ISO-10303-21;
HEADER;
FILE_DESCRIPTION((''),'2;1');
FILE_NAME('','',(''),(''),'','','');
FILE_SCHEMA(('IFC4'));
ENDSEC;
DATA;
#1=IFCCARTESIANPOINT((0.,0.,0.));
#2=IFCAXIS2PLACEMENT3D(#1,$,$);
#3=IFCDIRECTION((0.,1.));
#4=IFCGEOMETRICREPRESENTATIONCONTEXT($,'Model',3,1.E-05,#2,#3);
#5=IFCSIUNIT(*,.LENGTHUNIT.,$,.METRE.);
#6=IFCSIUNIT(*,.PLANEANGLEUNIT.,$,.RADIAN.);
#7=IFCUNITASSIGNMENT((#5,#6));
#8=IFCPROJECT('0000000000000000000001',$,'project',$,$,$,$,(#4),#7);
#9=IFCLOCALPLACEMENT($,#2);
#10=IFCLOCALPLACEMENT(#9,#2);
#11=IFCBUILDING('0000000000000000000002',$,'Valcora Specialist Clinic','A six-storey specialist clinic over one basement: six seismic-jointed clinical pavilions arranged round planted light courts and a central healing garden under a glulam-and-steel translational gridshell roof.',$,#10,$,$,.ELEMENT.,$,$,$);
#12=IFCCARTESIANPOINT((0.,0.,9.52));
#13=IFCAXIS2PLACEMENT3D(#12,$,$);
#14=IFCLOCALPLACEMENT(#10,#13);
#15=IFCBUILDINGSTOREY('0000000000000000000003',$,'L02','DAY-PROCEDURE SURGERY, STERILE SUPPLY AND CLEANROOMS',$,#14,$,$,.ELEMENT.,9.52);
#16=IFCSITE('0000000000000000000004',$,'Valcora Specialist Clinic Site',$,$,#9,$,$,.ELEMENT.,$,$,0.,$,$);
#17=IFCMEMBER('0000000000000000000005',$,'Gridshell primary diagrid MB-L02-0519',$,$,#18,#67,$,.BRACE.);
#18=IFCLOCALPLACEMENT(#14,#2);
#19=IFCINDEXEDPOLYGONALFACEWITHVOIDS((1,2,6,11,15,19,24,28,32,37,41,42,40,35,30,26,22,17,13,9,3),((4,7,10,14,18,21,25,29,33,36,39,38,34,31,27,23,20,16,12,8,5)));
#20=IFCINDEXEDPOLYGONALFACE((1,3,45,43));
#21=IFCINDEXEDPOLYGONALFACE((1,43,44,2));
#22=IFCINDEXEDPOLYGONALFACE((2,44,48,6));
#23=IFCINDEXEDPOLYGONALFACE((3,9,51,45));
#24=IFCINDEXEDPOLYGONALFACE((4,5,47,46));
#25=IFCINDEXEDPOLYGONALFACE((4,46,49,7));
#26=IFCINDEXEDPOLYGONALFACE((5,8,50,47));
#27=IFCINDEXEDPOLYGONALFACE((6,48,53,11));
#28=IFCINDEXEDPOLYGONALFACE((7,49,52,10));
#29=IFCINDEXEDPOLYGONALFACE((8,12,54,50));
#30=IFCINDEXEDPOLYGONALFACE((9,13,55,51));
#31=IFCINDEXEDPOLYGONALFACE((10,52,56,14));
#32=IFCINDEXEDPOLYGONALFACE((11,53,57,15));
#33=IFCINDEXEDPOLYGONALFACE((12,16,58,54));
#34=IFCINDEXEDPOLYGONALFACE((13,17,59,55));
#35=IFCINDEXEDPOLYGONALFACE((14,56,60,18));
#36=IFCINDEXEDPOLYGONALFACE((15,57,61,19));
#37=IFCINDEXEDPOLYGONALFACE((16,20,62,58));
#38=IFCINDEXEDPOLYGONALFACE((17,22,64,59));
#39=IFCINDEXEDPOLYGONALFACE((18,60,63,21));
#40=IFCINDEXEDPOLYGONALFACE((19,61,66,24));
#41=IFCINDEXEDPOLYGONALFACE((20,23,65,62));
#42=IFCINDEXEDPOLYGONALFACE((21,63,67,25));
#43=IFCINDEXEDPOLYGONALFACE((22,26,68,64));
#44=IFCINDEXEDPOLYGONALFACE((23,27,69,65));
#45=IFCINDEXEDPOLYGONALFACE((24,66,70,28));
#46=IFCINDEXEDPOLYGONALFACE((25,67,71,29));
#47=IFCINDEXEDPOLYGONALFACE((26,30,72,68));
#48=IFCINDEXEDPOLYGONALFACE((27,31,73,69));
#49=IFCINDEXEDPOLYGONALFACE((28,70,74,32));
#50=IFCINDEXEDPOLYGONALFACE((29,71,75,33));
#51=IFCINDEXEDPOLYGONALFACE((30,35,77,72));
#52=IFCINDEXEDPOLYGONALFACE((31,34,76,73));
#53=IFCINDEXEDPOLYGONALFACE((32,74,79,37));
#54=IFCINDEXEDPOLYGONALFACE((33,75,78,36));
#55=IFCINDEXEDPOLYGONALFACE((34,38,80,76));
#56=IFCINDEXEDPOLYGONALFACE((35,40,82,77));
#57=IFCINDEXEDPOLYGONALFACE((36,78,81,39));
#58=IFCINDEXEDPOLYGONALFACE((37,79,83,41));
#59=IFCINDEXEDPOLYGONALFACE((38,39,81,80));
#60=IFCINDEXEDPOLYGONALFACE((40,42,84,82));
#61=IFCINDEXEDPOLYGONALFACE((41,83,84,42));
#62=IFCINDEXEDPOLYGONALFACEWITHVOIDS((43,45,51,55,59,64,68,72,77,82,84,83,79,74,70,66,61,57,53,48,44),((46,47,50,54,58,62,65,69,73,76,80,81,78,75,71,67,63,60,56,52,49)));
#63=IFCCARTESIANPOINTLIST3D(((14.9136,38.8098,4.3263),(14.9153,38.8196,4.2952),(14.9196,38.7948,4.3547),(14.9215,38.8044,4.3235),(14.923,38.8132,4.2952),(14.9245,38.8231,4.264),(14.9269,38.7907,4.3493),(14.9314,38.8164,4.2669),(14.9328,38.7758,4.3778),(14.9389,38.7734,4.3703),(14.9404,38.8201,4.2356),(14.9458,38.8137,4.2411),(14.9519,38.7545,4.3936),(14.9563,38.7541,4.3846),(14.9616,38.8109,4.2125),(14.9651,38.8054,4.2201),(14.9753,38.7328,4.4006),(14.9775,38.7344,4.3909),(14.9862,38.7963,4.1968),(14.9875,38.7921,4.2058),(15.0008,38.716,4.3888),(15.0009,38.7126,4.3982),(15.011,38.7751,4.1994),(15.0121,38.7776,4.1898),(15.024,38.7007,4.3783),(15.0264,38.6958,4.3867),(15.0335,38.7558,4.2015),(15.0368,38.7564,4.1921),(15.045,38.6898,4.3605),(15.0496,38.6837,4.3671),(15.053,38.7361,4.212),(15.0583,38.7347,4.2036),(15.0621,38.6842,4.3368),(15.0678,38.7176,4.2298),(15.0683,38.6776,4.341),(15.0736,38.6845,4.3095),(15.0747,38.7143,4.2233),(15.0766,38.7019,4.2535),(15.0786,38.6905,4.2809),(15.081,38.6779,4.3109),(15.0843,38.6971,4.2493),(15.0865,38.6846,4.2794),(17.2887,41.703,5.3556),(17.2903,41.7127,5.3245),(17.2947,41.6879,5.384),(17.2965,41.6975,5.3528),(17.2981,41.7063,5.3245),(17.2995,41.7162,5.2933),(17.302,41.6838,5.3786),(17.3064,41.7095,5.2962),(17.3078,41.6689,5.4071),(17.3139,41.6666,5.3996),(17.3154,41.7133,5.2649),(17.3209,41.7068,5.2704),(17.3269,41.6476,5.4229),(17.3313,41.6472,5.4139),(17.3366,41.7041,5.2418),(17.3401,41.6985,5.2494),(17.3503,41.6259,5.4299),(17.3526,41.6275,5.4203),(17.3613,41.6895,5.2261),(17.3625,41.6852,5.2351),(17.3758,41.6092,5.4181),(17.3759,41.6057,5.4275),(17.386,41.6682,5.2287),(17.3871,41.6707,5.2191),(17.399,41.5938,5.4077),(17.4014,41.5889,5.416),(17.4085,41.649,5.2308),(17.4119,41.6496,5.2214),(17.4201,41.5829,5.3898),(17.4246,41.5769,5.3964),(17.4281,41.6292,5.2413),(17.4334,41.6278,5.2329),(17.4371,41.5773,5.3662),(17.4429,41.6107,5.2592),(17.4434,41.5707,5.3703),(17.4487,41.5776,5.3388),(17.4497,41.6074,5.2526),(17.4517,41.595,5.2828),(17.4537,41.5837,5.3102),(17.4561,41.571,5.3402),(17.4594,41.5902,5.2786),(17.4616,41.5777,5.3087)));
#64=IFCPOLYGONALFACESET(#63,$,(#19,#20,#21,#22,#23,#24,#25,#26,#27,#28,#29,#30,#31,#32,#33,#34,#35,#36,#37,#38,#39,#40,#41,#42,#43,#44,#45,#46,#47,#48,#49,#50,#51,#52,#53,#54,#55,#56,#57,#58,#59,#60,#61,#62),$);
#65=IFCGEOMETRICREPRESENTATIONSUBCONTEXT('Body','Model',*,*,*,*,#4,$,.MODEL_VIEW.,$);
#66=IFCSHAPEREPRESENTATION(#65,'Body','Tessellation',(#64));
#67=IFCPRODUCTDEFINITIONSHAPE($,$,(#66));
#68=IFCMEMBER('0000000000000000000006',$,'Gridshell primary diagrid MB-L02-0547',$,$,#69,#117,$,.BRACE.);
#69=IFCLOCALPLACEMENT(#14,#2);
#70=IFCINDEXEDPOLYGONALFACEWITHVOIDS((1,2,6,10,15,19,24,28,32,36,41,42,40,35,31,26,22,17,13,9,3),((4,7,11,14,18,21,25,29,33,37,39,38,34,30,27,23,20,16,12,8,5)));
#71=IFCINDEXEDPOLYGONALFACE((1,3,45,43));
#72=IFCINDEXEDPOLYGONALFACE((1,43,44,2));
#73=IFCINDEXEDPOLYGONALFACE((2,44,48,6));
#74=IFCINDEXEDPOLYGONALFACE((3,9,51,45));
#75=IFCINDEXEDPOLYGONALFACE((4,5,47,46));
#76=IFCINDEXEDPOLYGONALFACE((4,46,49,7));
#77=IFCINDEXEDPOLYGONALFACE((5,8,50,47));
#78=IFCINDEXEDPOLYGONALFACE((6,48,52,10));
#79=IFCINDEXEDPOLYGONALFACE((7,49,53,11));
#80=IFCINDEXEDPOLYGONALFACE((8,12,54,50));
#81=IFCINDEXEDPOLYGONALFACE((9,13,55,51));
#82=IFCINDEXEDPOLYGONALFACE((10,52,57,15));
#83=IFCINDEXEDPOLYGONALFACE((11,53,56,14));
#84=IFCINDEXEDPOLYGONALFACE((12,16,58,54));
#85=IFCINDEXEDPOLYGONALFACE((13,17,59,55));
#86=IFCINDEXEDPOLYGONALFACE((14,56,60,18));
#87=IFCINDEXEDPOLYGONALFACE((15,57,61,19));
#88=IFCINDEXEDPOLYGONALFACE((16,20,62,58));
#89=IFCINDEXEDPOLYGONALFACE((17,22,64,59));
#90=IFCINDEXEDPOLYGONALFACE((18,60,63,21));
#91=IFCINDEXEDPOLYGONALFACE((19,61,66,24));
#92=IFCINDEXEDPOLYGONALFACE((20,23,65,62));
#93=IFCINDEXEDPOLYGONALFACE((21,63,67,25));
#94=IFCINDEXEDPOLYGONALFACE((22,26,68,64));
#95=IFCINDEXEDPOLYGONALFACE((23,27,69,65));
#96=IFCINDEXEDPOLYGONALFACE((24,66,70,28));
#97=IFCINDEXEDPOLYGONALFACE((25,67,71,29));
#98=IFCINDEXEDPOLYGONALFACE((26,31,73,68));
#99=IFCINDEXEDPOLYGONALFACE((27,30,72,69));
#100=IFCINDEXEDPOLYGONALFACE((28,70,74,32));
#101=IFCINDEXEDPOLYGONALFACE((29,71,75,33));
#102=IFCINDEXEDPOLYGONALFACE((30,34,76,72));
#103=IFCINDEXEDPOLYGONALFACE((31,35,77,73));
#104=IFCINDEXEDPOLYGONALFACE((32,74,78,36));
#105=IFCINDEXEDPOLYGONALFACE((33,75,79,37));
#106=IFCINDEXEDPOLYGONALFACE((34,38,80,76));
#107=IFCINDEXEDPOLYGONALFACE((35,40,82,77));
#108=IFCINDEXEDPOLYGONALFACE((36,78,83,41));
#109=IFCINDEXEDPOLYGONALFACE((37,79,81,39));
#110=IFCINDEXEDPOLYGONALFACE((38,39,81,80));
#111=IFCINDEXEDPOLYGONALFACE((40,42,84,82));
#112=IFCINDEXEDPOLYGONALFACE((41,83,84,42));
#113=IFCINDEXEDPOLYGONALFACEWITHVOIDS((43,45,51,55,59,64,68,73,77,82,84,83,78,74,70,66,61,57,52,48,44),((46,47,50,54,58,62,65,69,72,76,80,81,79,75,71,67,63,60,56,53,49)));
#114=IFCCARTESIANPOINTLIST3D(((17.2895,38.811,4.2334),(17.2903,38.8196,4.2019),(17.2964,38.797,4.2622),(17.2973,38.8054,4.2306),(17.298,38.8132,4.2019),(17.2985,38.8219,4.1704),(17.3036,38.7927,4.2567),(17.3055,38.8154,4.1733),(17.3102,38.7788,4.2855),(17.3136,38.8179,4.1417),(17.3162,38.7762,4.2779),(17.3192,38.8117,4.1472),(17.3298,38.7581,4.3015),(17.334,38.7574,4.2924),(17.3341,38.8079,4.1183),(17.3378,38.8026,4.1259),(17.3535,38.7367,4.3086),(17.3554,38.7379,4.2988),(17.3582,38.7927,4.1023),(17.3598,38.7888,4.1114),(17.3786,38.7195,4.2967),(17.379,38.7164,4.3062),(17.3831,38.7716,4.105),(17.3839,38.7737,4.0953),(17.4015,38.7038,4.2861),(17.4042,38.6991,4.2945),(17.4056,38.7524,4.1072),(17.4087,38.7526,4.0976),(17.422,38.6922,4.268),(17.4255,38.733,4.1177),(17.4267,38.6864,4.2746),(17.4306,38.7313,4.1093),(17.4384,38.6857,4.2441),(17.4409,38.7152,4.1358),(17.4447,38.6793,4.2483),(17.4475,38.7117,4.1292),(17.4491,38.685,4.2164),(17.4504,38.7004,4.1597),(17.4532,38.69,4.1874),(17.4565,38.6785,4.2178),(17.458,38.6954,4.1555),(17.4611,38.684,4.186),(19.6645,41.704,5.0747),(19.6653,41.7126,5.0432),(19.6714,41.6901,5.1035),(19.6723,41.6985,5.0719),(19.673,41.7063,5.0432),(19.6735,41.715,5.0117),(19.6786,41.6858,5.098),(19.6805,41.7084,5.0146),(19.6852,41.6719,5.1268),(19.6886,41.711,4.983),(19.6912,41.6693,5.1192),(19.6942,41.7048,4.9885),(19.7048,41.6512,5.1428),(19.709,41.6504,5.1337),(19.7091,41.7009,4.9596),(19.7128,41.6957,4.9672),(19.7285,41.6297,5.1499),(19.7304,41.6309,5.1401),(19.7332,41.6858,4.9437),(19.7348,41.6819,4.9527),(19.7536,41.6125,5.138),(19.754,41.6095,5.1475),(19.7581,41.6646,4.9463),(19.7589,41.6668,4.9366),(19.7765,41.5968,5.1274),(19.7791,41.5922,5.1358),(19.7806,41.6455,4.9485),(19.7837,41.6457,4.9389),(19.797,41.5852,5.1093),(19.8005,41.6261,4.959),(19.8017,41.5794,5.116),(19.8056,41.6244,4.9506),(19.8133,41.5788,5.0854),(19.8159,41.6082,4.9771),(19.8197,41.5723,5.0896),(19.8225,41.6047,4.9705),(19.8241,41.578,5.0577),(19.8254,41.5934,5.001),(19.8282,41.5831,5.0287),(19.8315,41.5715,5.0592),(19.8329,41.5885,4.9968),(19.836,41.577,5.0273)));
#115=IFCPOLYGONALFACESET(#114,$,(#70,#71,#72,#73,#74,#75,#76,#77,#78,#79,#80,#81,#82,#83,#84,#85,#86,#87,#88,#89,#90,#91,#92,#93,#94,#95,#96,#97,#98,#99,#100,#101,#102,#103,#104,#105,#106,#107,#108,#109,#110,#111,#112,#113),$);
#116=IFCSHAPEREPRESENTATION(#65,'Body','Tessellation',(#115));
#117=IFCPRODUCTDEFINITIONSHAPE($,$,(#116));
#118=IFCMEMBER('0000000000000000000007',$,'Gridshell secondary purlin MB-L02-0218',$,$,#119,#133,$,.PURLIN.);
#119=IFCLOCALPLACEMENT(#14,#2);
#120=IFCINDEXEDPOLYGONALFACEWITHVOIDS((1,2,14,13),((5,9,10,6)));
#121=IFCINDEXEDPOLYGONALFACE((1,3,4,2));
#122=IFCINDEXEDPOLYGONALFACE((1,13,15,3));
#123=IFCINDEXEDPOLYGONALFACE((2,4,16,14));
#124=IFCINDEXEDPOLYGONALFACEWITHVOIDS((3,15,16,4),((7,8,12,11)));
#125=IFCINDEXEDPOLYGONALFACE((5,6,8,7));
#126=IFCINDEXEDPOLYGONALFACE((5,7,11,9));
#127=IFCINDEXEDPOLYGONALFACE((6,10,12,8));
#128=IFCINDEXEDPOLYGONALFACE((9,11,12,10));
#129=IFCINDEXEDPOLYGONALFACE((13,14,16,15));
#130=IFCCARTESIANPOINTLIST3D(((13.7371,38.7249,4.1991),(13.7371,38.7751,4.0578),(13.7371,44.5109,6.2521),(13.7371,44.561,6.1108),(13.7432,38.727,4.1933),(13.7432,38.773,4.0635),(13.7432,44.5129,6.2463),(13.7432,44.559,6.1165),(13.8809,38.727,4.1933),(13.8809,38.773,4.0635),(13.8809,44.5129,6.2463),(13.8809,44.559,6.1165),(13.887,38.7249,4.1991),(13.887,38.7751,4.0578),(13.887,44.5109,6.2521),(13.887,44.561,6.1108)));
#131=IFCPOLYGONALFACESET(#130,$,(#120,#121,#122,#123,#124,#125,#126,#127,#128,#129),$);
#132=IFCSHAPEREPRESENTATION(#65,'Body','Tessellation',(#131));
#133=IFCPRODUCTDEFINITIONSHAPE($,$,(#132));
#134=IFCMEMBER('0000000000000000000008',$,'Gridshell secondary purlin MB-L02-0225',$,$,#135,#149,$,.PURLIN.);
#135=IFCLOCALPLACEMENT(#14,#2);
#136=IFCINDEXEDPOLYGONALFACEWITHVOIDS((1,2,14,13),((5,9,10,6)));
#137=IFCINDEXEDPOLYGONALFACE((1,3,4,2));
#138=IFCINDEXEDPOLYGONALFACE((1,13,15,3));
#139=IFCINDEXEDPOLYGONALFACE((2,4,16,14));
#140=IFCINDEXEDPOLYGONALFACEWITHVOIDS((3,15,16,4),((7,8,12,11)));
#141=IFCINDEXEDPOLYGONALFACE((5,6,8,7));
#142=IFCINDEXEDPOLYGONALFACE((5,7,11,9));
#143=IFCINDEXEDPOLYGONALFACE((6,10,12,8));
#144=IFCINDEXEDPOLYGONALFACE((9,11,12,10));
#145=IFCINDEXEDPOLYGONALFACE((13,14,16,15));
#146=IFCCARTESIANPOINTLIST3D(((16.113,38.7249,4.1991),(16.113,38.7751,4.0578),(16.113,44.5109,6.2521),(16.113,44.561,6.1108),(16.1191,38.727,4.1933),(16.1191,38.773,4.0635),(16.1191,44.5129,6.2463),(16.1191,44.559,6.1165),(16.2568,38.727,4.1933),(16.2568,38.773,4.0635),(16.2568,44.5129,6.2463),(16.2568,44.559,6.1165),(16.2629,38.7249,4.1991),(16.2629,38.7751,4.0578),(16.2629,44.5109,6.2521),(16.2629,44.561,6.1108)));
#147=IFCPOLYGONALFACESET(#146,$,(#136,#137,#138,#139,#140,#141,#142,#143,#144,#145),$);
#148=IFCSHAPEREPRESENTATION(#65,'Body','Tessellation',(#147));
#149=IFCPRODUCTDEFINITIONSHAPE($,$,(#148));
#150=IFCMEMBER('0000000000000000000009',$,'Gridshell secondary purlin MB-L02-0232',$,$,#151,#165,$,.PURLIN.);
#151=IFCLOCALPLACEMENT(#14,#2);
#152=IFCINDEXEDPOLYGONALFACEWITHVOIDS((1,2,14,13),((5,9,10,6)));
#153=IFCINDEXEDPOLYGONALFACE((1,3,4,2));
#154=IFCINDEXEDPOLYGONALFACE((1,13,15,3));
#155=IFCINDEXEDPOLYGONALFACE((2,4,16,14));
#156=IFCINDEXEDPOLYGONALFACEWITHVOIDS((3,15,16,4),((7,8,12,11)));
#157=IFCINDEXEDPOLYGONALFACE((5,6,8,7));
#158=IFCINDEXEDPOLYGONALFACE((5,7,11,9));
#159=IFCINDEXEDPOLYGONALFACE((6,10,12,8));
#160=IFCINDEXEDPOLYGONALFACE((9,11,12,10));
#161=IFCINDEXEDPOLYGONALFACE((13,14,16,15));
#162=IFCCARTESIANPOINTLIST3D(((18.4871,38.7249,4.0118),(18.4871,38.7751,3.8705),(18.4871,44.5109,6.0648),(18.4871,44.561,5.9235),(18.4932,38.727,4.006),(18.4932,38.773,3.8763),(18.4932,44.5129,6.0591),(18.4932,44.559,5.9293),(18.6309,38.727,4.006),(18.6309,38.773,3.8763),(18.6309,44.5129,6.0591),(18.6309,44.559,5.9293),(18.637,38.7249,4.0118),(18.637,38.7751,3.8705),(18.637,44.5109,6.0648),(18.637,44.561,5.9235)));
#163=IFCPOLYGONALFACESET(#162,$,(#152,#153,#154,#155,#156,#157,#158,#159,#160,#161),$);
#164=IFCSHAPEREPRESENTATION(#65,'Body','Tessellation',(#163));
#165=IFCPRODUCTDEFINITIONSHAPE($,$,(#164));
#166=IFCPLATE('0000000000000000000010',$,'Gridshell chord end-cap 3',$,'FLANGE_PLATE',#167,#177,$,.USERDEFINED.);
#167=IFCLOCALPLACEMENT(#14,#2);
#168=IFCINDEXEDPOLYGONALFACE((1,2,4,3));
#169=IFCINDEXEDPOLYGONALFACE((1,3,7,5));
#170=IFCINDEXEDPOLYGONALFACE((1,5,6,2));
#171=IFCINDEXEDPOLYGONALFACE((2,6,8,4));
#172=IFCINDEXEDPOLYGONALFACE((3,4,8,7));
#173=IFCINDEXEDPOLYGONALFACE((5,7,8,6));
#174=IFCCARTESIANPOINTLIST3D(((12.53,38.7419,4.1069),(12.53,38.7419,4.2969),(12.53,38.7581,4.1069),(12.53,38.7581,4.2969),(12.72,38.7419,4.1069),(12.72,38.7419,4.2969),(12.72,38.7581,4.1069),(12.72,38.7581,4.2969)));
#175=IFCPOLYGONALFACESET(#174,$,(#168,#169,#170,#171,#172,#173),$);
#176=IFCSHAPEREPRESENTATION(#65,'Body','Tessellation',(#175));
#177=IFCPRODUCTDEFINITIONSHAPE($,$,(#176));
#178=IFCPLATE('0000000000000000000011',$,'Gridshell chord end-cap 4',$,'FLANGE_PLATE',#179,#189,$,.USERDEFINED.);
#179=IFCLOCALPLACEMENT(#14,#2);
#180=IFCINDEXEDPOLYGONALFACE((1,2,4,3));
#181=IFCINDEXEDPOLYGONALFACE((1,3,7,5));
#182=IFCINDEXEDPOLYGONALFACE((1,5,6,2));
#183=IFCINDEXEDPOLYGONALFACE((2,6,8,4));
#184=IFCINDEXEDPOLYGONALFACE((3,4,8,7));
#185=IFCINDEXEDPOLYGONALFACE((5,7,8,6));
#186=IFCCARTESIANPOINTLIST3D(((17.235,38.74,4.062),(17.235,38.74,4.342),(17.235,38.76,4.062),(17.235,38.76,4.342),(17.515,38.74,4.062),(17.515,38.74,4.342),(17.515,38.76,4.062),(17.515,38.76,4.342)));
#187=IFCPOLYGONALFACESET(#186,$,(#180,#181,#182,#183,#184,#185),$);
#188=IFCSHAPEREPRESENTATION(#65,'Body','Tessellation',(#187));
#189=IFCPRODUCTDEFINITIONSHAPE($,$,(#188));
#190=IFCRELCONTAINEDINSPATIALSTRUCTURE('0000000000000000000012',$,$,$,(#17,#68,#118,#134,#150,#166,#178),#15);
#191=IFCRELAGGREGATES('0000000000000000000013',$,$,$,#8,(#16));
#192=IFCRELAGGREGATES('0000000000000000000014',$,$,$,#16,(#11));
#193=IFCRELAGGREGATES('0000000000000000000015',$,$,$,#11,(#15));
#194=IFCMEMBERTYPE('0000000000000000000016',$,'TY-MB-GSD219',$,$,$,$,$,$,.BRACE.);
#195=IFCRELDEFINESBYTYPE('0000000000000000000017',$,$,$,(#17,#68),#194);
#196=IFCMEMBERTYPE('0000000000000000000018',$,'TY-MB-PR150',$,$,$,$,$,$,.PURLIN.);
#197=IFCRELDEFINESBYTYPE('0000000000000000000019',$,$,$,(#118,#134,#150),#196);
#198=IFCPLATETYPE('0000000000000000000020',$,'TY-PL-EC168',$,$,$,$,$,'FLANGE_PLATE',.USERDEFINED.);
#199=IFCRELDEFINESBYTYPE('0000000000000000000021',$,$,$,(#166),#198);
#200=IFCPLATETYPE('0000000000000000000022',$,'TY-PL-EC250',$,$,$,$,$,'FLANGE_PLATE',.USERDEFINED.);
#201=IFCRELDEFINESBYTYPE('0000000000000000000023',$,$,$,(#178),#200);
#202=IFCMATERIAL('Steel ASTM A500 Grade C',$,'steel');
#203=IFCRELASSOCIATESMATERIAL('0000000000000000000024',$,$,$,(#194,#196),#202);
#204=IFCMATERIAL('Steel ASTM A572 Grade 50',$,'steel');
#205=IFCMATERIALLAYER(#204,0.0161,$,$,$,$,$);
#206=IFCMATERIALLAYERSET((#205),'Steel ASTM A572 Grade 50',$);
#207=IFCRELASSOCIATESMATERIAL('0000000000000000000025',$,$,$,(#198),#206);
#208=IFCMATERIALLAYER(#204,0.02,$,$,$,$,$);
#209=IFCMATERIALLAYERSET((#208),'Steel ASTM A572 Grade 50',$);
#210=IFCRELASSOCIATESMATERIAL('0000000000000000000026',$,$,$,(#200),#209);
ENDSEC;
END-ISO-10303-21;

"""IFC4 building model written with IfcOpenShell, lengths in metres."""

from ifc_helpers import new_model, si_unit, direction, frame, origin, origin_2d, place, context, subcontext, project, spatial, rectangle, hollow_rectangle, hollow_circle, extrude, material, layer, layer_set, material_profile, profile_set, type_object, element, save


model = new_model("IFC4")

# Units and contexts
model_context = context("Model", 3, precision=1e-05, world=origin(), true_north=direction((0.0, 1.0)))
body_context = subcontext(model_context, "Body", "Model", "MODEL_VIEW")
ifc_project = project(units=[si_unit("LENGTHUNIT", "METRE"), si_unit("PLANEANGLEUNIT", "RADIAN")], contexts=[model_context])

# Site, building, storey
site_placement = place(None, origin())
site = spatial("IfcSite", under=ifc_project, at=site_placement, Name="Valcora Specialist Clinic Site", CompositionType="ELEMENT", RefElevation=0.0)
building_placement = place(site_placement, origin())
building = spatial("IfcBuilding", under=site, at=building_placement, Name="Valcora Specialist Clinic", Description="A six-storey specialist clinic over one basement: six seismic-jointed clinical pavilions arranged round planted light courts and a central healing garden under a glulam-and-steel translational gridshell roof.", CompositionType="ELEMENT")
storey_placement = place(building_placement, frame((0.0, 0.0, 9.52)))
storey = spatial("IfcBuildingStorey", under=building, at=storey_placement, Name="L02", Description="DAY-PROCEDURE SURGERY, STERILE SUPPLY AND CLEANROOMS", CompositionType="ELEMENT", Elevation=9.52)

# Members
ifc_material_1 = material(Name="Steel ASTM A500 Grade C", Category="steel")
ifc_material_profile_1 = material_profile(ifc_material_1, hollow_circle(Radius=0.1096, WallThickness=0.01, at=origin_2d()), Name="ST-CHS-219X10")
ifc_profile_set_1 = profile_set([ifc_material_profile_1], Name="Steel ASTM A500 Grade C")
member_type_1 = type_object("IfcMemberType", Name="TY-MB-GSD219", PredefinedType="BRACE", material=ifc_profile_set_1)
member_1_placement = place(storey_placement, frame((15.0, 38.75, 4.2952), z_axis=(0.611798, 0.745252, 0.265146), x_axis=(-0.772916, 0.634508, 0.0)))
element("IfcMember", 1, at=member_1_placement, inside=storey, type_object=member_type_1, Name="Gridshell primary diagrid MB-L02-0519", PredefinedType="BRACE", context=body_context, shape_type="SweptSolid", body=[
    extrude(hollow_circle(Radius=0.1096, WallThickness=0.01, at=origin_2d()), origin(), (0.0, 0.0, 1.0), 3.8821),
])
member_2_placement = place(storey_placement, frame((17.375, 38.75, 4.2019), z_axis=(0.619064, 0.754102, 0.219294), x_axis=(-0.772916, 0.634508, 0.0)))
element("IfcMember", 2, at=member_2_placement, inside=storey, type_object=member_type_1, Name="Gridshell primary diagrid MB-L02-0547", PredefinedType="BRACE", context=body_context, shape_type="SweptSolid", body=[
    extrude(hollow_circle(Radius=0.1096, WallThickness=0.01, at=origin_2d()), origin(), (0.0, 0.0, 1.0), 3.8364),
])
ifc_material_profile_2 = material_profile(ifc_material_1, hollow_rectangle(XDim=0.1499, YDim=0.1499, WallThickness=0.0061, at=origin_2d()), Name="ST-RHS-150X150X6")
ifc_profile_set_2 = profile_set([ifc_material_profile_2], Name="Steel ASTM A500 Grade C")
member_type_2 = type_object("IfcMemberType", Name="TY-MB-PR150", PredefinedType="PURLIN", material=ifc_profile_set_2)
for number, where, z_axis, x_axis, name in (
    (3, (13.812, 38.75, 4.1284), (0.0, 0.942432, 0.334398), (-1.0, 0.0, 0.0), "Gridshell secondary purlin MB-L02-0218"),
    (4, (16.188, 38.75, 4.1284), (0.0, 0.942432, 0.334398), (-1.0, 0.0, 0.0), "Gridshell secondary purlin MB-L02-0225"),
    (5, (18.562, 38.75, 3.9412), (0.0, 0.942432, 0.334398), (-1.0, 0.0, 0.0), "Gridshell secondary purlin MB-L02-0232"),
):
    element("IfcMember", number, at=place(storey_placement, frame(where, z_axis=z_axis, x_axis=x_axis)), inside=storey, type_object=member_type_2, Name=name, PredefinedType="PURLIN", context=body_context, shape_type="SweptSolid", body=[
        extrude(hollow_rectangle(XDim=0.1499, YDim=0.1499, WallThickness=0.0061, at=origin_2d()), origin(), (0.0, 0.0, 1.0), 6.1394),
    ])

# Plates
ifc_material_2 = material(Name="Steel ASTM A572 Grade 50", Category="steel")
ifc_layer_1 = layer(ifc_material_2, 0.0161)
ifc_layer_set_1 = layer_set([ifc_layer_1], Name="Steel ASTM A572 Grade 50")
plate_type_1 = type_object("IfcPlateType", Name="TY-PL-EC168", ElementType="FLANGE_PLATE", PredefinedType="USERDEFINED", material=ifc_layer_set_1)
plate_1_placement = place(storey_placement, frame((12.625, 38.75, 4.1069), z_axis=(0.0, 0.0, 1.0), x_axis=(1.0, 0.0, 0.0)))
element("IfcPlate", 6, at=plate_1_placement, inside=storey, type_object=plate_type_1, Name="Gridshell chord end-cap 3", ObjectType="FLANGE_PLATE", PredefinedType="USERDEFINED", context=body_context, shape_type="SweptSolid", body=[
    extrude(rectangle(XDim=0.1899, YDim=0.0161, at=origin_2d()), origin(), (0.0, 0.0, 1.0), 0.1899),
])
ifc_layer_2 = layer(ifc_material_2, 0.02)
ifc_layer_set_2 = layer_set([ifc_layer_2], Name="Steel ASTM A572 Grade 50")
plate_type_2 = type_object("IfcPlateType", Name="TY-PL-EC250", ElementType="FLANGE_PLATE", PredefinedType="USERDEFINED", material=ifc_layer_set_2)
plate_2_placement = place(storey_placement, frame((17.375, 38.75, 4.062), z_axis=(0.0, 0.0, 1.0), x_axis=(1.0, 0.0, 0.0)))
element("IfcPlate", 7, at=plate_2_placement, inside=storey, type_object=plate_type_2, Name="Gridshell chord end-cap 4", ObjectType="FLANGE_PLATE", PredefinedType="USERDEFINED", context=body_context, shape_type="SweptSolid", body=[
    extrude(rectangle(XDim=0.28, YDim=0.02, at=origin_2d()), origin(), (0.0, 0.0, 1.0), 0.28),
])

save(model, "model.ifc")
